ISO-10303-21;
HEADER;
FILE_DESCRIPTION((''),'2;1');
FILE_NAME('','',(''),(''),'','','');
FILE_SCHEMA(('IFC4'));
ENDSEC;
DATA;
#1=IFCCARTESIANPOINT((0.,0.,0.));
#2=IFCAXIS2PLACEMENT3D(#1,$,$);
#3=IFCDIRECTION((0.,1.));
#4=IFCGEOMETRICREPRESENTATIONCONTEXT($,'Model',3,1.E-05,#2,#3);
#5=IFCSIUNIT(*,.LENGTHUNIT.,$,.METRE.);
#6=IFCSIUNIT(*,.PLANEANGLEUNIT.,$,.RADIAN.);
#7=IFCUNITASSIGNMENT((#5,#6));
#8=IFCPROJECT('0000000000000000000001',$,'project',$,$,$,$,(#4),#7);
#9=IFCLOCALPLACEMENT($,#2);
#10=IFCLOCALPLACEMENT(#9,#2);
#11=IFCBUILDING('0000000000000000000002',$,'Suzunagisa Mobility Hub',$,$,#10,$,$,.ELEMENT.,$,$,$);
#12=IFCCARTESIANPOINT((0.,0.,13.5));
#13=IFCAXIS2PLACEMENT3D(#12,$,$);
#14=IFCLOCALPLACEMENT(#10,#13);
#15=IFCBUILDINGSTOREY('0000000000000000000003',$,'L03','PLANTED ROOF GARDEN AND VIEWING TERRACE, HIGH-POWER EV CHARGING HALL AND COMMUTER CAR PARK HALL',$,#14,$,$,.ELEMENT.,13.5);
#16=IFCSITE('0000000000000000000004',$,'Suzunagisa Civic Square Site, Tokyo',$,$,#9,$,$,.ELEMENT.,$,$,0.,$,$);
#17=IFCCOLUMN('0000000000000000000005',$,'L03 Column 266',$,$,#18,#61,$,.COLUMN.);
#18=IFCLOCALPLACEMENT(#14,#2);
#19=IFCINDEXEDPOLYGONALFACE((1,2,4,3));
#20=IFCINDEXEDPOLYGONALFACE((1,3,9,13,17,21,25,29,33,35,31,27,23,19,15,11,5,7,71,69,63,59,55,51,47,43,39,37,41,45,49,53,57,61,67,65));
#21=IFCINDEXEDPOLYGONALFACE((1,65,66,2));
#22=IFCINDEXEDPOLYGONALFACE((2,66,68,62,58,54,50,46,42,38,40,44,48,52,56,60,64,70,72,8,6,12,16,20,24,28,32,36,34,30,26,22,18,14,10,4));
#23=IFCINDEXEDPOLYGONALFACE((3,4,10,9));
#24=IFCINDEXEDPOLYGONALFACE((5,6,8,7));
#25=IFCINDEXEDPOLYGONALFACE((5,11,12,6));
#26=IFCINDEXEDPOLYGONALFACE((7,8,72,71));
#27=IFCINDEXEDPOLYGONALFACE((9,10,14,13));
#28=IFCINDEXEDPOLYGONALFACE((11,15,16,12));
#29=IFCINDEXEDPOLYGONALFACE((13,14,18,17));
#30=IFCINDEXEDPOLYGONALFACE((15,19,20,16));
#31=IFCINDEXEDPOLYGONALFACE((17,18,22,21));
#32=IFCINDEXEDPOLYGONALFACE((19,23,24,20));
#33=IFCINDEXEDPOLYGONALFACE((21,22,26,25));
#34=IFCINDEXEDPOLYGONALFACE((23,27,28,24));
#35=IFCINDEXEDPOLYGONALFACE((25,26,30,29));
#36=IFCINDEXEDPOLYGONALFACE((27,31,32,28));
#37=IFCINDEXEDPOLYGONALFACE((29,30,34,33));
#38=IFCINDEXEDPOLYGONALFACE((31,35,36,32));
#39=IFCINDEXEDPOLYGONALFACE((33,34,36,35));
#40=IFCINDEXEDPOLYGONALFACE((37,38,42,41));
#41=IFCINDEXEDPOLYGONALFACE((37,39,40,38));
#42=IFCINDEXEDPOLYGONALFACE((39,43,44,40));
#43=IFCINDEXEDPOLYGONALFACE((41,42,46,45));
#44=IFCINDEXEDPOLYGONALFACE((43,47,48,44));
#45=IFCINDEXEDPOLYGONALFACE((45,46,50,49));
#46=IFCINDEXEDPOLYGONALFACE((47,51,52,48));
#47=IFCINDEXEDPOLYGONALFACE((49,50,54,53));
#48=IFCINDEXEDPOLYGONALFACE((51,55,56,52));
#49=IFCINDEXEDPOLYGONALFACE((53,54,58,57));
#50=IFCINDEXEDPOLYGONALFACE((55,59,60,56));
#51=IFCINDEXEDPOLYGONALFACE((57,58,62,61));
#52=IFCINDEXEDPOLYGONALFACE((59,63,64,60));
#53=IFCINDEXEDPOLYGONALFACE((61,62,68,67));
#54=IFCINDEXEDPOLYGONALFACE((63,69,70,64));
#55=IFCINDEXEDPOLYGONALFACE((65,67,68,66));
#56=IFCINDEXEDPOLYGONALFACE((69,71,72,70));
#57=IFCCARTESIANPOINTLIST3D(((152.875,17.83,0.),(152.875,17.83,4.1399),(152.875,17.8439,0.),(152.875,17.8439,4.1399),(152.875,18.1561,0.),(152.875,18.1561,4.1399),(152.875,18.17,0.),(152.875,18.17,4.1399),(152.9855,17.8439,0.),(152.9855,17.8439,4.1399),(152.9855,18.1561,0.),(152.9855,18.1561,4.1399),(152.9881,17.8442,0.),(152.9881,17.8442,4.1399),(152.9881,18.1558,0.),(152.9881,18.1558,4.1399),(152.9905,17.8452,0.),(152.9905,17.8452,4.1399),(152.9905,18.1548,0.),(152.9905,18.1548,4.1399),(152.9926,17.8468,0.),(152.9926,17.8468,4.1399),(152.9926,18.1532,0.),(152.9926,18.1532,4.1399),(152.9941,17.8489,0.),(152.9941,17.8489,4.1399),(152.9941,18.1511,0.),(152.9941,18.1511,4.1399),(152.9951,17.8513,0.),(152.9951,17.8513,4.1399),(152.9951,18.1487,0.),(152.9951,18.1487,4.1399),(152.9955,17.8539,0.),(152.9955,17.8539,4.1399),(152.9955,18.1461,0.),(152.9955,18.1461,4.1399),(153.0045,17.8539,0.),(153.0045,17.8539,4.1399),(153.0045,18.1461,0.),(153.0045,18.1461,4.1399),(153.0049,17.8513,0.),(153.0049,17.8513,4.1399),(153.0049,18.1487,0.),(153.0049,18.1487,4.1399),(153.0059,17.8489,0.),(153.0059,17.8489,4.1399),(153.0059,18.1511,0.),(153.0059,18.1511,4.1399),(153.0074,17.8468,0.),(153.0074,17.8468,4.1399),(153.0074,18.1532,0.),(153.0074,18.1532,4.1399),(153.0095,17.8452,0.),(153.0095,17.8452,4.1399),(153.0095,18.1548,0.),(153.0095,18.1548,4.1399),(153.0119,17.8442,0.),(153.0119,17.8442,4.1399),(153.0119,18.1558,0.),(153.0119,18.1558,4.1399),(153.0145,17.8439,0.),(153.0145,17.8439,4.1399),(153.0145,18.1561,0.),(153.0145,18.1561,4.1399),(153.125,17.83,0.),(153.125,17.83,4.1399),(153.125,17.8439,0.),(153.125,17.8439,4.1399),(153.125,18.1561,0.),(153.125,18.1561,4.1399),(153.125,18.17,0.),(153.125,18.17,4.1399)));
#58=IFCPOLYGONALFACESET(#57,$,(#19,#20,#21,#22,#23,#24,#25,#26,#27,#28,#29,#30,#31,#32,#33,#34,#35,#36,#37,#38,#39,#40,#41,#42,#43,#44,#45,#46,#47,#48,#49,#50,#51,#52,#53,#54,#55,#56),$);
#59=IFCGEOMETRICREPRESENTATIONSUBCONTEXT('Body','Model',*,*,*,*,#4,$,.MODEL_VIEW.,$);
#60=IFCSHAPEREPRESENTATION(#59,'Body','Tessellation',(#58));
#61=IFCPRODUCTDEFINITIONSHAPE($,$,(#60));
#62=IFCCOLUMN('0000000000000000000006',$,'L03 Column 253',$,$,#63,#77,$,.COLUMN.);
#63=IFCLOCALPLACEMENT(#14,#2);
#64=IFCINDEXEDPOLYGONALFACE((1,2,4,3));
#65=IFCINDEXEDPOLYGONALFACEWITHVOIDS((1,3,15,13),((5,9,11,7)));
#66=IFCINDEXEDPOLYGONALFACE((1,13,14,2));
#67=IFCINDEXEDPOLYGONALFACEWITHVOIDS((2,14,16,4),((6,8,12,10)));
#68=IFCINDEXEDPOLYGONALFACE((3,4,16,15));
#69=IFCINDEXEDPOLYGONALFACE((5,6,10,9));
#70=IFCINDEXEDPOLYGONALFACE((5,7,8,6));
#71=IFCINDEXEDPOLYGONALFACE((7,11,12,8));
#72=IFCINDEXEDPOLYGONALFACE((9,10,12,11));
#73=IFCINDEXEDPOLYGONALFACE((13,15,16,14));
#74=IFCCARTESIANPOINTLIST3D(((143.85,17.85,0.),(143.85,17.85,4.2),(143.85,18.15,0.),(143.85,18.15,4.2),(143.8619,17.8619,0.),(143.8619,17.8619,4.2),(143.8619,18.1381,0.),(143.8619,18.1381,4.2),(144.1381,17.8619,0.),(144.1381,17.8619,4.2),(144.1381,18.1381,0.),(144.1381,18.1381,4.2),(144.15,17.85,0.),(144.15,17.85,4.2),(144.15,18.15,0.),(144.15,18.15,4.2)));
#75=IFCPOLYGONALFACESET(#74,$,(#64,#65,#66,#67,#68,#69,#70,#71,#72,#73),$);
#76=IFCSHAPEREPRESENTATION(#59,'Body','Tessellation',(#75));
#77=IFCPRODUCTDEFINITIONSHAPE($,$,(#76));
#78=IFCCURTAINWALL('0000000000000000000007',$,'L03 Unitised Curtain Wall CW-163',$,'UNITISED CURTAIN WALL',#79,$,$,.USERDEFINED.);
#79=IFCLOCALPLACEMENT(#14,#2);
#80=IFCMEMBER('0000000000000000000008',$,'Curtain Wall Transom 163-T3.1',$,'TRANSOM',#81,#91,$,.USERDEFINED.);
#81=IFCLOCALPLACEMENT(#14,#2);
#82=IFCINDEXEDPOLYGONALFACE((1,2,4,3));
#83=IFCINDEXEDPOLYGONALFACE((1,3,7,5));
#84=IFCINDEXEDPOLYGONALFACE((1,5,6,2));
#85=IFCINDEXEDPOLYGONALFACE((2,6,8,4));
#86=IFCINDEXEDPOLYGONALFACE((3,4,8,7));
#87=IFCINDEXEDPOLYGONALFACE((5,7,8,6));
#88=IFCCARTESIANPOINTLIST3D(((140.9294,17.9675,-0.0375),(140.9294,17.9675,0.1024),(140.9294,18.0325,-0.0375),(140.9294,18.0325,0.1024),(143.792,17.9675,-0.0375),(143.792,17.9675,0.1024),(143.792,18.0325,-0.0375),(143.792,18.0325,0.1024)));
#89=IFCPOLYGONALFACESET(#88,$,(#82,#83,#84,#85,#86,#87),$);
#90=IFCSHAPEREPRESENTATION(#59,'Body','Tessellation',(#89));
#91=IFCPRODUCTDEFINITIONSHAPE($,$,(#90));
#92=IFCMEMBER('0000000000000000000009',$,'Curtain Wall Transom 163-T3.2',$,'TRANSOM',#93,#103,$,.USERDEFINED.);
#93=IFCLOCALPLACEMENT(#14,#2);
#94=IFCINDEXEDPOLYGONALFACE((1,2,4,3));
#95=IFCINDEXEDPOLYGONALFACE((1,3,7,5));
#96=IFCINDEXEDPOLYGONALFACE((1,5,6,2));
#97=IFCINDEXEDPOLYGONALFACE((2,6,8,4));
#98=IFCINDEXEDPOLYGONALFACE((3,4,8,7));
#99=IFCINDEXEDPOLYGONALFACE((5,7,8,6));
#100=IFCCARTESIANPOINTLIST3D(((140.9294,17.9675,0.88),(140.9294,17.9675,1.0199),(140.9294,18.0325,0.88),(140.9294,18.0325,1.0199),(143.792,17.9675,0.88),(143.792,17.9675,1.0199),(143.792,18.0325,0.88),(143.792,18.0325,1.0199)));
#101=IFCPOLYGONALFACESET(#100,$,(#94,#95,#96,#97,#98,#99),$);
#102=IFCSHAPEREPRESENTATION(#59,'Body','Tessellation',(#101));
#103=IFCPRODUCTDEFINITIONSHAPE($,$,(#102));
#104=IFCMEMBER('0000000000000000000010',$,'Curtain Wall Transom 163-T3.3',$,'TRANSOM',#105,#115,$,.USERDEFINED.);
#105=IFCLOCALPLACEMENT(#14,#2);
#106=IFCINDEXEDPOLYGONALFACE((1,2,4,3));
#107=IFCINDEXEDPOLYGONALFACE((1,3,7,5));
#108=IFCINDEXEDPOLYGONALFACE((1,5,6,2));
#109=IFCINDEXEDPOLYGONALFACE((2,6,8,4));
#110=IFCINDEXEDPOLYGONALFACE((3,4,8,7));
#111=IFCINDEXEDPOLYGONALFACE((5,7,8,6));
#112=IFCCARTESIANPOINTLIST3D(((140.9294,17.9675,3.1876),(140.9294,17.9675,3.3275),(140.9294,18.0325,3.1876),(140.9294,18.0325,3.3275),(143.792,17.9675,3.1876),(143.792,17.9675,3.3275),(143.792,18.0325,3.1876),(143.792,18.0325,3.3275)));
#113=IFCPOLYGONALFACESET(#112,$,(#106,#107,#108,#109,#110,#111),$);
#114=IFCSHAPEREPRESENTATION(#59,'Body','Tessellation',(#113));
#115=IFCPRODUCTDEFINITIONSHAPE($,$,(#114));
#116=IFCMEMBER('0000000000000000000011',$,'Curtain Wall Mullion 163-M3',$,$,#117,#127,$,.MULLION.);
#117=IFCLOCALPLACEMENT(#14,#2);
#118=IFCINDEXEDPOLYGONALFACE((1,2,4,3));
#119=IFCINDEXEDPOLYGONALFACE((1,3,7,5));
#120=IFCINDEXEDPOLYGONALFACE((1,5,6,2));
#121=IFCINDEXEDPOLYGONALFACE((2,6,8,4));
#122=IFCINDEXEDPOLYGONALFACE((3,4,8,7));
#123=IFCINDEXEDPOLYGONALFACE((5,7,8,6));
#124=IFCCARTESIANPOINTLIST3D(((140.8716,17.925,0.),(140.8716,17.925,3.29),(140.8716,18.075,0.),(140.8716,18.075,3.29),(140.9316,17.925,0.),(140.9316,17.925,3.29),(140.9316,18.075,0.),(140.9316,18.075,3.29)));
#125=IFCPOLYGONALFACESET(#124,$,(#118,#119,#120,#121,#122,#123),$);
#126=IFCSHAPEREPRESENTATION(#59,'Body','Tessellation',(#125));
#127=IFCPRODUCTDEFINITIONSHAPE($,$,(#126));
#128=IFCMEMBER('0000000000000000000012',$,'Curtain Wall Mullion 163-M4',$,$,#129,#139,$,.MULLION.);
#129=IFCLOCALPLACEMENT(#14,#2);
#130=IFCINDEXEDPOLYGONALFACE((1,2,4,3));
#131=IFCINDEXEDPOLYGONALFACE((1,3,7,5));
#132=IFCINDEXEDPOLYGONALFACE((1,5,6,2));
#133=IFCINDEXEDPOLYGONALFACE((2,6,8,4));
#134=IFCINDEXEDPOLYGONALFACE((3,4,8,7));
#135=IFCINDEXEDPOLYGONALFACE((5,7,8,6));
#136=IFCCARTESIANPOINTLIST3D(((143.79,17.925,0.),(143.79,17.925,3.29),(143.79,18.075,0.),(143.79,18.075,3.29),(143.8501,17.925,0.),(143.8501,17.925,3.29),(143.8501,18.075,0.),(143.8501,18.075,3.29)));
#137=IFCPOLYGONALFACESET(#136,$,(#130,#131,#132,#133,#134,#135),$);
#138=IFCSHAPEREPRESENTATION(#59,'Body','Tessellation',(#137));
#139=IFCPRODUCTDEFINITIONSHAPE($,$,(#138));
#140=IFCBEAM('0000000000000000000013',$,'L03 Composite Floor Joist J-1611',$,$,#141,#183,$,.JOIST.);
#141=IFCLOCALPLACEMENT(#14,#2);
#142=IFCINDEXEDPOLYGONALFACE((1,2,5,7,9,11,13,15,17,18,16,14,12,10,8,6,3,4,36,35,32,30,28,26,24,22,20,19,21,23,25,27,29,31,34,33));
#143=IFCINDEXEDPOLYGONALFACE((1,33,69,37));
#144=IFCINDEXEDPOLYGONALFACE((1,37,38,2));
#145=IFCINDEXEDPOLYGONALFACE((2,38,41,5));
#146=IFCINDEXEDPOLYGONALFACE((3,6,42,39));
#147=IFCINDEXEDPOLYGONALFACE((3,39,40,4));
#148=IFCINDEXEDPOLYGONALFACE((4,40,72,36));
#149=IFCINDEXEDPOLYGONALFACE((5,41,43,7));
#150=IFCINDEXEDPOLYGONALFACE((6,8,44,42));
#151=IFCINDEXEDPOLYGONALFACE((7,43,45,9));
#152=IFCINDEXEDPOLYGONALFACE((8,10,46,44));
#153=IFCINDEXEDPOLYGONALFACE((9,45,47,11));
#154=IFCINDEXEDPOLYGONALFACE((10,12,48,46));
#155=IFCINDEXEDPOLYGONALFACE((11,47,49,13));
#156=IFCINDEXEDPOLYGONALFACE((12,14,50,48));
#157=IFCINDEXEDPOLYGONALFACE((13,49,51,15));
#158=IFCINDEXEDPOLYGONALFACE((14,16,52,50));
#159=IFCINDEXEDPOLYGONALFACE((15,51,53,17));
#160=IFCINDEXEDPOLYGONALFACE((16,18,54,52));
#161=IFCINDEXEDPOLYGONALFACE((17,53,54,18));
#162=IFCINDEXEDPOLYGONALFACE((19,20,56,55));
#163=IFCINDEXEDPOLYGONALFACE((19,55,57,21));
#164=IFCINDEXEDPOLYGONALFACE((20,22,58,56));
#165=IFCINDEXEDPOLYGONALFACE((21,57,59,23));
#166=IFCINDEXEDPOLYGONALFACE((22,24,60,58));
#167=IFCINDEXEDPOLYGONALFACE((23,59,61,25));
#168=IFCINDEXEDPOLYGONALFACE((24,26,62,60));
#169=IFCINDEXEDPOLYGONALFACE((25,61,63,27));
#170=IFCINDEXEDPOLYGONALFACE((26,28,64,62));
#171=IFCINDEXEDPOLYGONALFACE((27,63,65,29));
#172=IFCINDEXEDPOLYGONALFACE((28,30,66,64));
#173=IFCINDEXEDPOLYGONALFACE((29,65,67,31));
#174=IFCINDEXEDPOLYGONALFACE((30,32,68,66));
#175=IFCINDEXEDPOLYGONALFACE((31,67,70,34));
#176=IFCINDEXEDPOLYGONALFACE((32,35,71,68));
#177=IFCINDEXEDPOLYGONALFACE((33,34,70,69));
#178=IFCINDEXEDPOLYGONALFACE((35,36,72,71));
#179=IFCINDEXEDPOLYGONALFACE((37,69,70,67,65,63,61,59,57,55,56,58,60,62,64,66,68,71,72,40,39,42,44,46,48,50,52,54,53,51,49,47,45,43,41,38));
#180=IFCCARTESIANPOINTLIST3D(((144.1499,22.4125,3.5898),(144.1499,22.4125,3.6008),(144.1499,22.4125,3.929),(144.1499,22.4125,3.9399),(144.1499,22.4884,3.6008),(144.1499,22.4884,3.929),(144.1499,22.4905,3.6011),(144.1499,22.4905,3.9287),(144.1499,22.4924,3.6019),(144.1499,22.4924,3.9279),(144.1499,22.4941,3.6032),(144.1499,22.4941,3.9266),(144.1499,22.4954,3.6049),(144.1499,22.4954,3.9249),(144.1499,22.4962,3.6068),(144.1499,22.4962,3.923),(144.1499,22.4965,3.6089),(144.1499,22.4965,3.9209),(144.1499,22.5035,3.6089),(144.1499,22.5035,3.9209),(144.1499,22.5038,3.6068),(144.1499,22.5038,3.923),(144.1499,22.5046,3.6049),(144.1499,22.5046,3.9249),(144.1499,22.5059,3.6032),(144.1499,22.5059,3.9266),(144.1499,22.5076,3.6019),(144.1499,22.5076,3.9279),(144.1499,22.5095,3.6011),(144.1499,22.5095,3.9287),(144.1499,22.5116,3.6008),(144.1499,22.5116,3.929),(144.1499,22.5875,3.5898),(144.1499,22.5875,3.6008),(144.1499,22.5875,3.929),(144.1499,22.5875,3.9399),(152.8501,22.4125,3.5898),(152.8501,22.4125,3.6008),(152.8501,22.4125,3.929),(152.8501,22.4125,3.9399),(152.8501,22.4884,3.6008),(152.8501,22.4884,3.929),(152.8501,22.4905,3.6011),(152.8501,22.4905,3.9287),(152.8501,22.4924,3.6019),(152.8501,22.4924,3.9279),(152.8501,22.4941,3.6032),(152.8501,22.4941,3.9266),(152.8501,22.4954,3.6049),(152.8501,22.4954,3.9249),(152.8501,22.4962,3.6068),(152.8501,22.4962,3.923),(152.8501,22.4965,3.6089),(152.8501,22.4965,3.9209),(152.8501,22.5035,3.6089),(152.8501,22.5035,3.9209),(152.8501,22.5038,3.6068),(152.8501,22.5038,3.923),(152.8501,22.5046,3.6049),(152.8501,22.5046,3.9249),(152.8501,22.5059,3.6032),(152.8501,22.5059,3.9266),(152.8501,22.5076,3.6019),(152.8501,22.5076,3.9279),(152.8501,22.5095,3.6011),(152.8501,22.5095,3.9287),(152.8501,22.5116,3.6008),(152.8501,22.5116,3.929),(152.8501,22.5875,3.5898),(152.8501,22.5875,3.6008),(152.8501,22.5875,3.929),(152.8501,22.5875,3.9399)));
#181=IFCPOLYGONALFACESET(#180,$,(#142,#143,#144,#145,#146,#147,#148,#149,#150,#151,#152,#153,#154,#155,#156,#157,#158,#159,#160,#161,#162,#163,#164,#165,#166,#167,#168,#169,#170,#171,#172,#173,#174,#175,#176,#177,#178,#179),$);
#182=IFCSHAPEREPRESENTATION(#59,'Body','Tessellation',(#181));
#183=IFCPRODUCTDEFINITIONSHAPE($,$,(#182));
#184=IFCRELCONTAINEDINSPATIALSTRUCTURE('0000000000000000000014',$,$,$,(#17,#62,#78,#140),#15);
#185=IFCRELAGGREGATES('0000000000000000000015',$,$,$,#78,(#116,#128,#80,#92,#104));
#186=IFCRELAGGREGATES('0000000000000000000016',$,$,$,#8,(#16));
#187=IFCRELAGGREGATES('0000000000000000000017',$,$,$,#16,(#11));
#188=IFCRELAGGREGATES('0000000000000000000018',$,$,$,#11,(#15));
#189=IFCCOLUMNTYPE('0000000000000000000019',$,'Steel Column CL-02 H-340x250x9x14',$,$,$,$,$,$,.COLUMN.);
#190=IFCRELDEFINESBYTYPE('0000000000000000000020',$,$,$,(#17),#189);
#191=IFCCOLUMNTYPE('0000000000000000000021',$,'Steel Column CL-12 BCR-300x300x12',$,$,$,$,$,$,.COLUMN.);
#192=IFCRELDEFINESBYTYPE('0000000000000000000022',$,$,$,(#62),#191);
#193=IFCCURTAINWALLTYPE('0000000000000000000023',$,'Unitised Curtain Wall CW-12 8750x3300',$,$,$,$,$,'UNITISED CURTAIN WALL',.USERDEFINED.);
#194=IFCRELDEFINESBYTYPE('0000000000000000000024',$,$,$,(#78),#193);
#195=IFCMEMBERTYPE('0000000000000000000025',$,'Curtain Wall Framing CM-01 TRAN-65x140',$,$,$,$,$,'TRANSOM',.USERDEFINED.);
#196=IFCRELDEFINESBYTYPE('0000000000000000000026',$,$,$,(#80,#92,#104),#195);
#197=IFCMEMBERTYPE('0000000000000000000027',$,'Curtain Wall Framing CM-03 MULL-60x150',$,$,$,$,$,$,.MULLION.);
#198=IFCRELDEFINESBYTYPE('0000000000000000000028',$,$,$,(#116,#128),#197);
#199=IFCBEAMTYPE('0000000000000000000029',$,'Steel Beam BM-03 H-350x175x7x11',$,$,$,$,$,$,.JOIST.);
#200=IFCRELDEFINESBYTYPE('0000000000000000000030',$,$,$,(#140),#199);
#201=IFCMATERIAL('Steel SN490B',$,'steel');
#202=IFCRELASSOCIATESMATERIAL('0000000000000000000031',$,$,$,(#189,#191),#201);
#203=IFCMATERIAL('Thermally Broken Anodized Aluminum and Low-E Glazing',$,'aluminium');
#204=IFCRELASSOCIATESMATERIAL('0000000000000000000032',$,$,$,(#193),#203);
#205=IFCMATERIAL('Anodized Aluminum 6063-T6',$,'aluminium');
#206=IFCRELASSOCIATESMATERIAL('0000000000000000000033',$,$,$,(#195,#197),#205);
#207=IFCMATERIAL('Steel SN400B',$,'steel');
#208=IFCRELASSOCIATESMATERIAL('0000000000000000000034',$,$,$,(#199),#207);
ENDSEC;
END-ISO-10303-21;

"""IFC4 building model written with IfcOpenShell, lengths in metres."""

from ifc_helpers import new_model, si_unit, direction, frame, origin, origin_2d, place, context, subcontext, project, spatial, rectangle, hollow_rectangle, i_section, extrude, material, material_profile, profile_set, type_object, element, aggregate, save


model = new_model("IFC4")

# Units and contexts
model_context = context("Model", 3, precision=1e-05, world=origin(), true_north=direction((0.0, 1.0)))
body_context = subcontext(model_context, "Body", "Model", "MODEL_VIEW")
ifc_project = project(units=[si_unit("LENGTHUNIT", "METRE"), si_unit("PLANEANGLEUNIT", "RADIAN")], contexts=[model_context])

# Site, building, storey
site_placement = place(None, origin())
site = spatial("IfcSite", under=ifc_project, at=site_placement, Name="Suzunagisa Civic Square Site, Tokyo", CompositionType="ELEMENT", RefElevation=0.0)
building_placement = place(site_placement, origin())
building = spatial("IfcBuilding", under=site, at=building_placement, Name="Suzunagisa Mobility Hub", CompositionType="ELEMENT")
storey_placement = place(building_placement, frame((0.0, 0.0, 13.5)))
storey = spatial("IfcBuildingStorey", under=building, at=storey_placement, Name="L03", Description="PLANTED ROOF GARDEN AND VIEWING TERRACE, HIGH-POWER EV CHARGING HALL AND COMMUTER CAR PARK HALL", CompositionType="ELEMENT", Elevation=13.5)

# Columns
ifc_material_1 = material(Name="Steel SN490B", Category="steel")
ifc_material_profile_1 = material_profile(ifc_material_1, i_section(OverallWidth=0.25, OverallDepth=0.3401, WebThickness=0.009, FlangeThickness=0.0139, FilletRadius=0.01, at=origin_2d()), Name="H-340x250x9x14")
ifc_profile_set_1 = profile_set([ifc_material_profile_1], Name="Steel SN490B")
column_type_1 = type_object("IfcColumnType", Name="Steel Column CL-02 H-340x250x9x14", PredefinedType="COLUMN", material=ifc_profile_set_1)
column_1_placement = place(storey_placement, frame((153.0, 18.0, 0.0), z_axis=(0.0, 0.0, 1.0), x_axis=(1.0, 0.0, 0.0)))
element("IfcColumn", 1, at=column_1_placement, inside=storey, type_object=column_type_1, Name="L03 Column 266", PredefinedType="COLUMN", context=body_context, shape_type="SweptSolid", body=[
    extrude(i_section(OverallWidth=0.25, OverallDepth=0.3401, WebThickness=0.009, FlangeThickness=0.0139, FilletRadius=0.01, at=origin_2d()), origin(), (0.0, 0.0, 1.0), 4.1399),
])
ifc_material_profile_2 = material_profile(ifc_material_1, hollow_rectangle(XDim=0.3, YDim=0.3, WallThickness=0.012, at=origin_2d()), Name="BCR-300x300x12")
ifc_profile_set_2 = profile_set([ifc_material_profile_2], Name="Steel SN490B")
column_type_2 = type_object("IfcColumnType", Name="Steel Column CL-12 BCR-300x300x12", PredefinedType="COLUMN", material=ifc_profile_set_2)
column_2_placement = place(storey_placement, frame((144.0, 18.0, 0.0), z_axis=(0.0, 0.0, 1.0), x_axis=(1.0, 0.0, 0.0)))
element("IfcColumn", 2, at=column_2_placement, inside=storey, type_object=column_type_2, Name="L03 Column 253", PredefinedType="COLUMN", context=body_context, shape_type="SweptSolid", body=[
    extrude(hollow_rectangle(XDim=0.3, YDim=0.3, WallThickness=0.012, at=origin_2d()), origin(), (0.0, 0.0, 1.0), 4.2),
])

# Curtain wall, members
ifc_material_2 = material(Name="Thermally Broken Anodized Aluminum and Low-E Glazing", Category="aluminium")
curtain_wall_type = type_object("IfcCurtainWallType", Name="Unitised Curtain Wall CW-12 8750x3300", ElementType="UNITISED CURTAIN WALL", PredefinedType="USERDEFINED", material=ifc_material_2)
curtain_wall_placement = place(storey_placement, origin())
curtain_wall = element("IfcCurtainWall", 3, at=curtain_wall_placement, inside=storey, type_object=curtain_wall_type, Name="L03 Unitised Curtain Wall CW-163", ObjectType="UNITISED CURTAIN WALL", PredefinedType="USERDEFINED")
ifc_material_3 = material(Name="Anodized Aluminum 6063-T6", Category="aluminium")
ifc_material_profile_3 = material_profile(ifc_material_3, rectangle(XDim=0.0649, YDim=0.1399, at=origin_2d()), Name="TRAN-65x140")
ifc_profile_set_3 = profile_set([ifc_material_profile_3], Name="Anodized Aluminum 6063-T6")
member_type_1 = type_object("IfcMemberType", Name="Curtain Wall Framing CM-01 TRAN-65x140", ElementType="TRANSOM", PredefinedType="USERDEFINED", material=ifc_profile_set_3)
member_1_placement = place(storey_placement, frame((140.9294, 18.0, 0.0325), z_axis=(1.0, 0.0, 0.0), x_axis=(0.0, 1.0, 0.0)))
member_1 = element("IfcMember", 4, at=member_1_placement, type_object=member_type_1, Name="Curtain Wall Transom 163-T3.1", ObjectType="TRANSOM", PredefinedType="USERDEFINED", context=body_context, shape_type="SweptSolid", body=[
    extrude(rectangle(XDim=0.0649, YDim=0.1399, at=origin_2d()), origin(), (0.0, 0.0, 1.0), 2.8625),
])
member_2_placement = place(storey_placement, frame((140.9294, 18.0, 0.95), z_axis=(1.0, 0.0, 0.0), x_axis=(0.0, 1.0, 0.0)))
member_2 = element("IfcMember", 5, at=member_2_placement, type_object=member_type_1, Name="Curtain Wall Transom 163-T3.2", ObjectType="TRANSOM", PredefinedType="USERDEFINED", context=body_context, shape_type="SweptSolid", body=[
    extrude(rectangle(XDim=0.0649, YDim=0.1399, at=origin_2d()), origin(), (0.0, 0.0, 1.0), 2.8625),
])
member_3_placement = place(storey_placement, frame((140.9294, 18.0, 3.2576), z_axis=(1.0, 0.0, 0.0), x_axis=(0.0, 1.0, 0.0)))
member_3 = element("IfcMember", 6, at=member_3_placement, type_object=member_type_1, Name="Curtain Wall Transom 163-T3.3", ObjectType="TRANSOM", PredefinedType="USERDEFINED", context=body_context, shape_type="SweptSolid", body=[
    extrude(rectangle(XDim=0.0649, YDim=0.1399, at=origin_2d()), origin(), (0.0, 0.0, 1.0), 2.8625),
])
ifc_material_profile_4 = material_profile(ifc_material_3, rectangle(XDim=0.0601, YDim=0.1499, at=origin_2d()), Name="MULL-60x150")
ifc_profile_set_4 = profile_set([ifc_material_profile_4], Name="Anodized Aluminum 6063-T6")
member_type_2 = type_object("IfcMemberType", Name="Curtain Wall Framing CM-03 MULL-60x150", PredefinedType="MULLION", material=ifc_profile_set_4)
member_4_placement = place(storey_placement, frame((140.9016, 18.0, 0.0), z_axis=(0.0, 0.0, 1.0), x_axis=(1.0, 0.0, 0.0)))
member_4 = element("IfcMember", 7, at=member_4_placement, type_object=member_type_2, Name="Curtain Wall Mullion 163-M3", PredefinedType="MULLION", context=body_context, shape_type="SweptSolid", body=[
    extrude(rectangle(XDim=0.0601, YDim=0.1499, at=origin_2d()), origin(), (0.0, 0.0, 1.0), 3.29),
])
member_5_placement = place(storey_placement, frame((143.8201, 18.0, 0.0), z_axis=(0.0, 0.0, 1.0), x_axis=(1.0, 0.0, 0.0)))
member_5 = element("IfcMember", 8, at=member_5_placement, type_object=member_type_2, Name="Curtain Wall Mullion 163-M4", PredefinedType="MULLION", context=body_context, shape_type="SweptSolid", body=[
    extrude(rectangle(XDim=0.0601, YDim=0.1499, at=origin_2d()), origin(), (0.0, 0.0, 1.0), 3.29),
])

# Beam
ifc_material_4 = material(Name="Steel SN400B", Category="steel")
ifc_material_profile_5 = material_profile(ifc_material_4, i_section(OverallWidth=0.175, OverallDepth=0.3501, WebThickness=0.0071, FlangeThickness=0.011, FilletRadius=0.0081, at=origin_2d()), Name="H-350x175x7x11")
ifc_profile_set_5 = profile_set([ifc_material_profile_5], Name="Steel SN400B")
beam_type_1 = type_object("IfcBeamType", Name="Steel Beam BM-03 H-350x175x7x11", PredefinedType="JOIST", material=ifc_profile_set_5)
for number, where, z_axis, x_axis, name in (
    (9, (144.1499, 22.5, 3.7649), (1.0, 0.0, 0.0), (0.0, 1.0, 0.0), "L03 Composite Floor Joist J-1611"),
):
    element("IfcBeam", number, at=place(storey_placement, frame(where, z_axis=z_axis, x_axis=x_axis)), inside=storey, type_object=beam_type_1, Name=name, PredefinedType="JOIST", context=body_context, shape_type="SweptSolid", body=[
        extrude(i_section(OverallWidth=0.175, OverallDepth=0.3501, WebThickness=0.0071, FlangeThickness=0.011, FilletRadius=0.0081, at=origin_2d()), origin(), (0.0, 0.0, 1.0), 8.7002),
    ])

aggregate(curtain_wall, [member_4, member_5, member_1, member_2, member_3])

save(model, "model.ifc")
